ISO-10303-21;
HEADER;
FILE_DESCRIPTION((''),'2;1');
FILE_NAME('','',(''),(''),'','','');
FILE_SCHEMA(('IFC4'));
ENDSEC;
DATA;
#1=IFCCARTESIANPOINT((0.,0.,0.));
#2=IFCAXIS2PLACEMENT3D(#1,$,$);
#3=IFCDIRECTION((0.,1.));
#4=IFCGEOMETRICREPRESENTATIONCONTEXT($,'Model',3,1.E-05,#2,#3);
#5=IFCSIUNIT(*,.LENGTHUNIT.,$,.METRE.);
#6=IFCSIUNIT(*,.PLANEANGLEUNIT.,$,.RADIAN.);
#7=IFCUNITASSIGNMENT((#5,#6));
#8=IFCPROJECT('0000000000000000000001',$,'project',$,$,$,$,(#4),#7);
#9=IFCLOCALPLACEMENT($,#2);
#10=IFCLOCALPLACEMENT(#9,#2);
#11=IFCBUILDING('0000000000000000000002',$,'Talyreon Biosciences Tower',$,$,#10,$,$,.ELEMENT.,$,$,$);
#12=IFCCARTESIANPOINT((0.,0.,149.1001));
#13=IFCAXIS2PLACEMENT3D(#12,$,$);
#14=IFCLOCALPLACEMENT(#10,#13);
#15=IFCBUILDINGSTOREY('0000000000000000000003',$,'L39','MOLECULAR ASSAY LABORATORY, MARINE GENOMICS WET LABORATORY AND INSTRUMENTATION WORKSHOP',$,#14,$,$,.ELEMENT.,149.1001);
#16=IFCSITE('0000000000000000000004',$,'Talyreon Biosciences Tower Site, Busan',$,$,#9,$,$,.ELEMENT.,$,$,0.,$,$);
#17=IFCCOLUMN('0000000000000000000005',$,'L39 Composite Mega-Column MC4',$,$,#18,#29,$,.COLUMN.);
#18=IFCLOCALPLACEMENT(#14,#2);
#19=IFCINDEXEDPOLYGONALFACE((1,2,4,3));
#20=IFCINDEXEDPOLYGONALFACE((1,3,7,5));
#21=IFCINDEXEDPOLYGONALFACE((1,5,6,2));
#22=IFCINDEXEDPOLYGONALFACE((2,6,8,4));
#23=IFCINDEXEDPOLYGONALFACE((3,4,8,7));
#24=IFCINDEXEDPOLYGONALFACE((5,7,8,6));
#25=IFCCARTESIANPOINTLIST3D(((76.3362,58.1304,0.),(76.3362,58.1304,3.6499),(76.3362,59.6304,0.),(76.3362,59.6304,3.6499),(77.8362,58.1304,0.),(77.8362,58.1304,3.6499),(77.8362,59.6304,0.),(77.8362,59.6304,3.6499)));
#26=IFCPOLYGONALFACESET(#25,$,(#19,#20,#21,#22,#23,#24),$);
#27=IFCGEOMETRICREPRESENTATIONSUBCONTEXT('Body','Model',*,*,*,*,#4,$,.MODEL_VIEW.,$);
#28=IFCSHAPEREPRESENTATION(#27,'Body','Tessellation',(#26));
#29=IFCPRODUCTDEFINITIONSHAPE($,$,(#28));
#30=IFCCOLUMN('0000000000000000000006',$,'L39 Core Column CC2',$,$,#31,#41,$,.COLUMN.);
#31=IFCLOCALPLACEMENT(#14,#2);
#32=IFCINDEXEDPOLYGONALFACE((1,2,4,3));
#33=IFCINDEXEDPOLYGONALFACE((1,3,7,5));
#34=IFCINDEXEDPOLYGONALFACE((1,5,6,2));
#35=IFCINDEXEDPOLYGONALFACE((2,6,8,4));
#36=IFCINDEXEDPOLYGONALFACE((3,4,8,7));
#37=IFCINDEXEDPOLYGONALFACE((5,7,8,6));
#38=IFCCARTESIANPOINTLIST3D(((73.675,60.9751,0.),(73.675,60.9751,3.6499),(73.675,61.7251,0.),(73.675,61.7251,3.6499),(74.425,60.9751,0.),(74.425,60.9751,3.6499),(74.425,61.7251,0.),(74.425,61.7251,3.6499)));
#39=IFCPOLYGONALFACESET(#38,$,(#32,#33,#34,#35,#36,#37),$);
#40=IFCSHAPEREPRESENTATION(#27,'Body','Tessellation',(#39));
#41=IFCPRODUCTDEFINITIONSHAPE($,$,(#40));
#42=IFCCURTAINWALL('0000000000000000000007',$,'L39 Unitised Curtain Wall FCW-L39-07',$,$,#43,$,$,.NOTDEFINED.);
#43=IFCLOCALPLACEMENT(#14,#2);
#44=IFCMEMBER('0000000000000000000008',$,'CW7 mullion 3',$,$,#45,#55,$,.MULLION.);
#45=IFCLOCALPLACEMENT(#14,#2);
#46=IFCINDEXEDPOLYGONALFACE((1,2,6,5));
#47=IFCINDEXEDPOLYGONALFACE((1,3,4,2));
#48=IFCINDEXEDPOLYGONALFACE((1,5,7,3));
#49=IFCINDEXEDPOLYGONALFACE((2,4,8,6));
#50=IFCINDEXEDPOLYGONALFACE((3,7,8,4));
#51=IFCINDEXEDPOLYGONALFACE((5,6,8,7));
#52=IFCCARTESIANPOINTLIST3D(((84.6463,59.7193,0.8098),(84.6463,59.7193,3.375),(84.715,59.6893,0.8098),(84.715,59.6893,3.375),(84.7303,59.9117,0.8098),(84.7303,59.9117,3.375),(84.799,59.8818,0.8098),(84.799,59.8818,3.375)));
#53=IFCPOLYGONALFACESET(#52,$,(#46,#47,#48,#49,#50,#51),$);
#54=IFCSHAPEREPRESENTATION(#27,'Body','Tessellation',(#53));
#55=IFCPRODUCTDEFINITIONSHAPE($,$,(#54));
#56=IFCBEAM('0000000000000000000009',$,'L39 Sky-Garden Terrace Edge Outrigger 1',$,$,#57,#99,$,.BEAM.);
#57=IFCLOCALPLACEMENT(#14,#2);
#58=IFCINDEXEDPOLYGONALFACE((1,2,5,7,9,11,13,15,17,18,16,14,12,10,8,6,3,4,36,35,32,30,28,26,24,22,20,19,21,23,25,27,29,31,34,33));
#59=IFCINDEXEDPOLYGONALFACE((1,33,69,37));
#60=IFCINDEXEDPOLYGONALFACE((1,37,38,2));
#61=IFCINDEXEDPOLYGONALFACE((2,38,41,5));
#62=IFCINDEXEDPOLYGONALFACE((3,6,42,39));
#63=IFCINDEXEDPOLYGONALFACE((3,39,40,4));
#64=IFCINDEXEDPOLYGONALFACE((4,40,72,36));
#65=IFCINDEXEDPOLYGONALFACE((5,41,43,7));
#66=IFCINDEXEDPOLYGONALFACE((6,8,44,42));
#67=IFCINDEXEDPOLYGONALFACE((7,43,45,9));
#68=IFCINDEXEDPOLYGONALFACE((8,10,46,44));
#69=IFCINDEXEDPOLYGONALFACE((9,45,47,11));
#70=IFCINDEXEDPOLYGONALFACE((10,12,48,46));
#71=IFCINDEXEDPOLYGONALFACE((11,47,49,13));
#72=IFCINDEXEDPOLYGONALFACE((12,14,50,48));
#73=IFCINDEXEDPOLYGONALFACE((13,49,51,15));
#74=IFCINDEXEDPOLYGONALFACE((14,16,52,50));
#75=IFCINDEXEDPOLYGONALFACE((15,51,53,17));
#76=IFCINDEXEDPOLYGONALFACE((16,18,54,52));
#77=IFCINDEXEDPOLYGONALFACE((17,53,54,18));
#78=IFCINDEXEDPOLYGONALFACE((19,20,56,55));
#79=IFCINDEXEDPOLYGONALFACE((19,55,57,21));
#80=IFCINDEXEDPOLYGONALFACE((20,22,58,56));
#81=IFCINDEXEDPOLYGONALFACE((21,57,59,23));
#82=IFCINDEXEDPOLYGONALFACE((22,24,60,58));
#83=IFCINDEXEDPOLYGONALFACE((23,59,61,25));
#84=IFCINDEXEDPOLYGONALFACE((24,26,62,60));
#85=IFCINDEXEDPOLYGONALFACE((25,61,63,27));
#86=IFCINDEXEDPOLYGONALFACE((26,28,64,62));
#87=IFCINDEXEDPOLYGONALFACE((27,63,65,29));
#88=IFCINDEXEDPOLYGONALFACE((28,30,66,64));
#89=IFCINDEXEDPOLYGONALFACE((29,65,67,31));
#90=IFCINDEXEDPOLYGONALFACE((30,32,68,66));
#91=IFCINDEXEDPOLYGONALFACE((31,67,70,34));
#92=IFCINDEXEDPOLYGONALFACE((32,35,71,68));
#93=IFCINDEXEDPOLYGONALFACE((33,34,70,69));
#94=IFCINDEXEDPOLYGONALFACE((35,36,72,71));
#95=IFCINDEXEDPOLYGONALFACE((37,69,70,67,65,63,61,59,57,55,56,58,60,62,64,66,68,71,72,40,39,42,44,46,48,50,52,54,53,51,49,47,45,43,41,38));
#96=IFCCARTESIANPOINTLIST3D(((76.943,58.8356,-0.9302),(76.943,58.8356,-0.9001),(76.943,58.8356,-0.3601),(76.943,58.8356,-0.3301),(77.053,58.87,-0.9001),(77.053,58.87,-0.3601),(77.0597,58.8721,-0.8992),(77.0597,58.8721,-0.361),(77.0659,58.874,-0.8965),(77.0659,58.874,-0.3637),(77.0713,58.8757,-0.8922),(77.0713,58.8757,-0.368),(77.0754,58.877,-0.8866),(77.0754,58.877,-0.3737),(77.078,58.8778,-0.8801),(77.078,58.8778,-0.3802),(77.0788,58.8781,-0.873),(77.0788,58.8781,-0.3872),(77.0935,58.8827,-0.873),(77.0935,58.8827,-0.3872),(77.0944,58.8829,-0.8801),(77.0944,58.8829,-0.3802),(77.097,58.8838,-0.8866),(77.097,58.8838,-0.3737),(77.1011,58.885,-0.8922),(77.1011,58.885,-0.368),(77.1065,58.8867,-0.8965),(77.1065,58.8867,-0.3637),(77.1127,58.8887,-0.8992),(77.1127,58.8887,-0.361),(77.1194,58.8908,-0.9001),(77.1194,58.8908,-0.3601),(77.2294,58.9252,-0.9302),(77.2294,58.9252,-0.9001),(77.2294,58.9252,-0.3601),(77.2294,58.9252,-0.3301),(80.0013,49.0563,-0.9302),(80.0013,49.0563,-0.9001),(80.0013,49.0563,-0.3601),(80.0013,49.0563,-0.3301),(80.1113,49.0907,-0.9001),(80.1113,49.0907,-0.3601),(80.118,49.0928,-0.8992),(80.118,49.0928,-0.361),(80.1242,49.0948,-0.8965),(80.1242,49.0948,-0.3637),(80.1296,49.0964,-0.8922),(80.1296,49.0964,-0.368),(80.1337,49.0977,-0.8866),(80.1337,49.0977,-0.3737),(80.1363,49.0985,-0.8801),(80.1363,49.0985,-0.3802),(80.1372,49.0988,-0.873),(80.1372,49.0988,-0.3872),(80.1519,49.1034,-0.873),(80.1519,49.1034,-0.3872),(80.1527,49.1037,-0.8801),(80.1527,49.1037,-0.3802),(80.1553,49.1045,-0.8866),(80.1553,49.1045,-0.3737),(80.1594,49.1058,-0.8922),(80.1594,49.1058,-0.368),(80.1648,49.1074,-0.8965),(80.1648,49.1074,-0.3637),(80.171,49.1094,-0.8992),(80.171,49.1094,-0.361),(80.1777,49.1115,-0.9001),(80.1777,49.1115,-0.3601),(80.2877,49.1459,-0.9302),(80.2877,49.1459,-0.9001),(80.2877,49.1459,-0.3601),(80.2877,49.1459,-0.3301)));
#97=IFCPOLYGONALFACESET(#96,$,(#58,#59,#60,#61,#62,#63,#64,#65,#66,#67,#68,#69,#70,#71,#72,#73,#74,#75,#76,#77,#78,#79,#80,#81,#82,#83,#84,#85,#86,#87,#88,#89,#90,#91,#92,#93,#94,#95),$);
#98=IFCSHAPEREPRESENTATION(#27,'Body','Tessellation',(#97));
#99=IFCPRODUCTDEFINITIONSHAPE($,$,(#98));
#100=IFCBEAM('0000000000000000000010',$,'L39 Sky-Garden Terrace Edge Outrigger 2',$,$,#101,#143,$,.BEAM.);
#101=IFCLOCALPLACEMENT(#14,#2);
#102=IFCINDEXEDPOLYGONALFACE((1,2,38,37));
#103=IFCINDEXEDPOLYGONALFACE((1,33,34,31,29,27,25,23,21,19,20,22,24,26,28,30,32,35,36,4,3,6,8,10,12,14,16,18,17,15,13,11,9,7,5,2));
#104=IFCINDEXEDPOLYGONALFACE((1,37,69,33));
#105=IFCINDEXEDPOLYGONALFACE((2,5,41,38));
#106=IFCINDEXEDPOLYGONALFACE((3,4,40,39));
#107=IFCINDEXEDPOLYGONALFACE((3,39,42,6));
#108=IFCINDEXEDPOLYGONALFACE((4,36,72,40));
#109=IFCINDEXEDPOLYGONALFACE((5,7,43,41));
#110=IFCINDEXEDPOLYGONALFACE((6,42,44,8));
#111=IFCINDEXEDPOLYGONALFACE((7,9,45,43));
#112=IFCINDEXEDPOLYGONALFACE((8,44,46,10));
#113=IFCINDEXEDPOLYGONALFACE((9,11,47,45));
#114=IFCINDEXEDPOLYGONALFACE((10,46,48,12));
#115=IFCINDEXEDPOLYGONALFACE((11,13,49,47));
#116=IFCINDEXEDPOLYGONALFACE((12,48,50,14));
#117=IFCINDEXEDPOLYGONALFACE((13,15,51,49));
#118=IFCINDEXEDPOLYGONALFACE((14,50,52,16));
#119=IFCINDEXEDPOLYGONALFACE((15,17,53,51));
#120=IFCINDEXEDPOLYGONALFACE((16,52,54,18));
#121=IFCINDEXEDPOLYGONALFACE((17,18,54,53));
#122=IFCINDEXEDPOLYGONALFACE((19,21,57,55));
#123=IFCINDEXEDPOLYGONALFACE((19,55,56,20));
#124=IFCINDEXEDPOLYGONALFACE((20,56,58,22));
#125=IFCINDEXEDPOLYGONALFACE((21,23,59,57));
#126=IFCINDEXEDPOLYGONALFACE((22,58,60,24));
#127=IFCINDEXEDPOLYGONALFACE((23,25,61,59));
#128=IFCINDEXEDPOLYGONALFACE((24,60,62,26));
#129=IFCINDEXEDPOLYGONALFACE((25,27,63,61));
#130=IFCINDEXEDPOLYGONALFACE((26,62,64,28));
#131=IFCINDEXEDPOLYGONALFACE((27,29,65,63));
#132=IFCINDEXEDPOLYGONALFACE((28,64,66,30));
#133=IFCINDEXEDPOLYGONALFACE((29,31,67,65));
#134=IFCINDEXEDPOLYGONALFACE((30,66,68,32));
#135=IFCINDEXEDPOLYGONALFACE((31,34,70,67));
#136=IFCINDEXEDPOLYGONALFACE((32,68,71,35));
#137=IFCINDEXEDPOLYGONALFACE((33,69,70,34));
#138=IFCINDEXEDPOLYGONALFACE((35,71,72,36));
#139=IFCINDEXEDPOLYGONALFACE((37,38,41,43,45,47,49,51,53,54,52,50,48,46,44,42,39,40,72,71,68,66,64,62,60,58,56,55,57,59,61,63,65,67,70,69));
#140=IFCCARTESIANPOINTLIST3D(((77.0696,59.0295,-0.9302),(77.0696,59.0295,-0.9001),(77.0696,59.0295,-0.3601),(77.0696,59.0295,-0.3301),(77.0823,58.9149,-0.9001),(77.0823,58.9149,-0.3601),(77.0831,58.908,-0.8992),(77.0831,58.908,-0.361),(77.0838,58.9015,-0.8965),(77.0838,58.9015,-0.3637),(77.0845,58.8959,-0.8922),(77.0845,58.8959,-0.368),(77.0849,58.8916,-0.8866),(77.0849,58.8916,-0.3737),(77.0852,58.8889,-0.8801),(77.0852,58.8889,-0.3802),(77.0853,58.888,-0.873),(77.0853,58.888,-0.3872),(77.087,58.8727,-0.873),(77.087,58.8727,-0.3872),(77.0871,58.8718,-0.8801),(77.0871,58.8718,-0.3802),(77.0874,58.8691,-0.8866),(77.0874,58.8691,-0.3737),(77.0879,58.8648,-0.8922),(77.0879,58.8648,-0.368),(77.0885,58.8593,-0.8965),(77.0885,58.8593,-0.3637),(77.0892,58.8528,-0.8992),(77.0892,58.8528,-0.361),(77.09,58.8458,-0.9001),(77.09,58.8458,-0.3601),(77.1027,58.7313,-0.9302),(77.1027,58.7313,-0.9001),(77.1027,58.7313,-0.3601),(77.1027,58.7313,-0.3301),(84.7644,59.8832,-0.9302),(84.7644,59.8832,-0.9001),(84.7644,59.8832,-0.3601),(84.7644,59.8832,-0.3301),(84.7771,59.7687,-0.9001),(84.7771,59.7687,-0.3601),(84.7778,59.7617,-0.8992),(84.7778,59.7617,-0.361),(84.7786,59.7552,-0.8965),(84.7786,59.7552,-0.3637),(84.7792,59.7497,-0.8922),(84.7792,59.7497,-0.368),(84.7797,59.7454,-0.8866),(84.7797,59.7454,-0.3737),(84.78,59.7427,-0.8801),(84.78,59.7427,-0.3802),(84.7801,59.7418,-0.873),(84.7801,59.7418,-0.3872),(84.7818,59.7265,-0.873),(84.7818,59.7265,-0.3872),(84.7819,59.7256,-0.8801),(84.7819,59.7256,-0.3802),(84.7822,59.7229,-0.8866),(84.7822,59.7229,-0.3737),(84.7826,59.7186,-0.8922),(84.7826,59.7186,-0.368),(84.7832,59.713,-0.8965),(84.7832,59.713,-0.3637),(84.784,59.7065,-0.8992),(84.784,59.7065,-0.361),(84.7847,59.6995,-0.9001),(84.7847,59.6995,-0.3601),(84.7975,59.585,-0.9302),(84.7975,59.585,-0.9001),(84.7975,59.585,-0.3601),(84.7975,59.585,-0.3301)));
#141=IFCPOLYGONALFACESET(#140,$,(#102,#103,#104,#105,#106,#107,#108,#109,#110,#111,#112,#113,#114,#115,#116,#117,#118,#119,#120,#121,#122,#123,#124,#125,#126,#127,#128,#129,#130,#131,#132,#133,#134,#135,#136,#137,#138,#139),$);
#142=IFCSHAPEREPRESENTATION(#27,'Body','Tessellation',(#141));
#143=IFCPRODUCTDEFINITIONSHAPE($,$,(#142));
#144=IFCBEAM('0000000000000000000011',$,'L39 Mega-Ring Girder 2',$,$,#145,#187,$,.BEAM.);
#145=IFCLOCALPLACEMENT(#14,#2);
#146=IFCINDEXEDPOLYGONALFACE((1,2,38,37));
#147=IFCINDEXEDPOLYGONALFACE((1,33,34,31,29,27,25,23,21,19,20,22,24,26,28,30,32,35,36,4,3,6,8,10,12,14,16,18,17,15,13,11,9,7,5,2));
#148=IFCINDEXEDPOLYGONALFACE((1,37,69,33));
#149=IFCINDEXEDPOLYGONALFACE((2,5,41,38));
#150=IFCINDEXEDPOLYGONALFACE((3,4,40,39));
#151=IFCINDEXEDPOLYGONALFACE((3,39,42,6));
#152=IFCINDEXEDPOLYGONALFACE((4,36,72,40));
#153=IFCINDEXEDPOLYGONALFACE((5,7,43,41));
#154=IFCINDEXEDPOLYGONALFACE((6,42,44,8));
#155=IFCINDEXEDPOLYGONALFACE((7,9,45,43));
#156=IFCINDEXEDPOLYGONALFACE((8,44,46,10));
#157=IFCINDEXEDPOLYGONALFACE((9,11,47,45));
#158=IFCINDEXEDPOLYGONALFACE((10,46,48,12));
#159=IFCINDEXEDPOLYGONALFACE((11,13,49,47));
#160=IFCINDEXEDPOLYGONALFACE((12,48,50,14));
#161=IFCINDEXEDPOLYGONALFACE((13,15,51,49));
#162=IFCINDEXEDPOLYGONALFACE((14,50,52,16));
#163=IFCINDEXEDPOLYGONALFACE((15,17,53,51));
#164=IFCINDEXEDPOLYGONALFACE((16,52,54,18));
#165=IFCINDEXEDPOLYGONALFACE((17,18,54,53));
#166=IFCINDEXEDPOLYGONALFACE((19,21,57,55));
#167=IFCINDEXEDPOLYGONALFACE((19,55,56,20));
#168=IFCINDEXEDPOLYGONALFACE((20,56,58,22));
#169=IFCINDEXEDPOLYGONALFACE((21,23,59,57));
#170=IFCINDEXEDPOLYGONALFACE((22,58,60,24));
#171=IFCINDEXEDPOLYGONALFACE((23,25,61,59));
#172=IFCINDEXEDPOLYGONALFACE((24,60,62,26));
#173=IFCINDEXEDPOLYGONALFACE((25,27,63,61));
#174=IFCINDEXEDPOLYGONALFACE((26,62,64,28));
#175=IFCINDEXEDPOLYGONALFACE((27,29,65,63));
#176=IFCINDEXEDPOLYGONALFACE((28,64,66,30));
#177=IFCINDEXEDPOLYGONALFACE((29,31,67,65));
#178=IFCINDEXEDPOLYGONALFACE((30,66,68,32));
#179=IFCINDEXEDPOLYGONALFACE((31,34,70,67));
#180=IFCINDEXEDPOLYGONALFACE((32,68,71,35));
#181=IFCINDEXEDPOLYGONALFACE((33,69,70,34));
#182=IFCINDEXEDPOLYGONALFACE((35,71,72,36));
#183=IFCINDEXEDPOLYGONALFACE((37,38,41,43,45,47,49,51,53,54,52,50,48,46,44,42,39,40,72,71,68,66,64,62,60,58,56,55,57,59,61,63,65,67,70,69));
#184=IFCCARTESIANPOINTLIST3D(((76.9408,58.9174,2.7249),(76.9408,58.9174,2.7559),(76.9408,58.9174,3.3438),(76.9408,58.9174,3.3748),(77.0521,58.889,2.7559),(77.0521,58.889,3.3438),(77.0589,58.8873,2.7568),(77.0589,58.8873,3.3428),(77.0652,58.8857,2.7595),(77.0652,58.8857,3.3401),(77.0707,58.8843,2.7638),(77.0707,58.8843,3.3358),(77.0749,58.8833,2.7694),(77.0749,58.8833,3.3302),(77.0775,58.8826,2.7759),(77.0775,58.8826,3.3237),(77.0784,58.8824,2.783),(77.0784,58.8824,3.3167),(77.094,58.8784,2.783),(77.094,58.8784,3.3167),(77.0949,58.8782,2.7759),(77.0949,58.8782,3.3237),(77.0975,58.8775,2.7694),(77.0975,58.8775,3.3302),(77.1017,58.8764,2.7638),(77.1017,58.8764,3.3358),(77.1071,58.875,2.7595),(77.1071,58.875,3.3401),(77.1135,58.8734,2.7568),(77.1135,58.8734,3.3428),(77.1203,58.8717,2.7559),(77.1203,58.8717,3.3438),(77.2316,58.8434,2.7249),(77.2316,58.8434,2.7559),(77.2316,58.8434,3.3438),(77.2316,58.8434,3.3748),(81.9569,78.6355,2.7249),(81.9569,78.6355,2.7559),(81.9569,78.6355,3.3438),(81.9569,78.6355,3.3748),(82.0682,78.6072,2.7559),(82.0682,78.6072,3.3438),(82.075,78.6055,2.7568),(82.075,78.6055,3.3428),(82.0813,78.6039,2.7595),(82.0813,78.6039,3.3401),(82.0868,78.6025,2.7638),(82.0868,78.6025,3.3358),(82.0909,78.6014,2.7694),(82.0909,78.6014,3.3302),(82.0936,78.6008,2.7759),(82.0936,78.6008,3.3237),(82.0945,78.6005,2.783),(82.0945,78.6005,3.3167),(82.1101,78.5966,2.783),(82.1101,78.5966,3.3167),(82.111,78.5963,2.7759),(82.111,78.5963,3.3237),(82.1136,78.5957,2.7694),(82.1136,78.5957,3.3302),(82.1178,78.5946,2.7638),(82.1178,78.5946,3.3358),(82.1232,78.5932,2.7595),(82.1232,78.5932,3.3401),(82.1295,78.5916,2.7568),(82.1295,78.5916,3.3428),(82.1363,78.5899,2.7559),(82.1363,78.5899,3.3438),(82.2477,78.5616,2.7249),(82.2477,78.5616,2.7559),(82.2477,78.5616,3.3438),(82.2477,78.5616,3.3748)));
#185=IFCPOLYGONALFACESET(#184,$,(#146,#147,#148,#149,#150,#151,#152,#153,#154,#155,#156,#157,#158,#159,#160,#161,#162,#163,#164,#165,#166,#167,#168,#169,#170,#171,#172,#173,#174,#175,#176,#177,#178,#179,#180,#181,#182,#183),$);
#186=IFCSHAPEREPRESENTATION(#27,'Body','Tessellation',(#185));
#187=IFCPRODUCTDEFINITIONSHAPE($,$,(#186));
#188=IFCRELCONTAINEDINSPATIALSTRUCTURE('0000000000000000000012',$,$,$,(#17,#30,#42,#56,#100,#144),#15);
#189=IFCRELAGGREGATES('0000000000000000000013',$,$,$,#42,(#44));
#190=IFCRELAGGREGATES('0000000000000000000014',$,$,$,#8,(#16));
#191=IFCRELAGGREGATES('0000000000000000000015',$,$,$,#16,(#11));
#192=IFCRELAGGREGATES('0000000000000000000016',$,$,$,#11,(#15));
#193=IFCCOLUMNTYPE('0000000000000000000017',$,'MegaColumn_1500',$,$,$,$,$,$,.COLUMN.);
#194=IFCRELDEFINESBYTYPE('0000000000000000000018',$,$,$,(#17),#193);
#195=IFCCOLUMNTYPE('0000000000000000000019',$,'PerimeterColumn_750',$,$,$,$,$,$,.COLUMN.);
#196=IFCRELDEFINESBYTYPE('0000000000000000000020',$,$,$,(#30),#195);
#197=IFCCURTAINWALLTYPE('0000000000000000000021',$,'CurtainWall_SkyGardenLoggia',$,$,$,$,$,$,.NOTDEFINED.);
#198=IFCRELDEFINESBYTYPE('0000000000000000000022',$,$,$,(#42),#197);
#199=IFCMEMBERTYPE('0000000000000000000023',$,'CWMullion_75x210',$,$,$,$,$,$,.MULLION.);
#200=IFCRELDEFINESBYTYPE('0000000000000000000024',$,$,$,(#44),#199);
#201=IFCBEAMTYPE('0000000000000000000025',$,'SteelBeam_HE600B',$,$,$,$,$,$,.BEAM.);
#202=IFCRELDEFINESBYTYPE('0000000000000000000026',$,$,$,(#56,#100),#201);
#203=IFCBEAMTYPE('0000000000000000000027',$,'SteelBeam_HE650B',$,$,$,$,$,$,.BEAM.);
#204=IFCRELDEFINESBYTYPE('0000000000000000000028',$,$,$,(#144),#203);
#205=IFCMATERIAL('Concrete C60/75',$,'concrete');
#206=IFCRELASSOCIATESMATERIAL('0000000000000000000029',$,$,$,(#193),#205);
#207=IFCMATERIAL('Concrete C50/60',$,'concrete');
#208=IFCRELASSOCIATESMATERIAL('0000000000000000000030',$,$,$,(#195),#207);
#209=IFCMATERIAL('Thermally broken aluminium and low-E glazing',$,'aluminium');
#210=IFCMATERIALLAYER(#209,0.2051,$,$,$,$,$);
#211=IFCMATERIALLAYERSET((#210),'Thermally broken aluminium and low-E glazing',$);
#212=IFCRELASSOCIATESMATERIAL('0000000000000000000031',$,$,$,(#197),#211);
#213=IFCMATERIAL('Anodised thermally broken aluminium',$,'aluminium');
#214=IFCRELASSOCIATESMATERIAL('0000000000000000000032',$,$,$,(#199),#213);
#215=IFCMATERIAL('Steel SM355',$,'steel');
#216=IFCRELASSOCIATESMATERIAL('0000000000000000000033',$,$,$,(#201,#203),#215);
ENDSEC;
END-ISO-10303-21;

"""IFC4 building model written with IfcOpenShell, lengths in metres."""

from ifc_helpers import new_model, si_unit, direction, frame, origin, origin_2d, place, context, subcontext, project, spatial, rectangle, i_section, extrude, material, layer, layer_set, material_profile, profile_set, type_object, element, aggregate, save


model = new_model("IFC4")

# Units and contexts
model_context = context("Model", 3, precision=1e-05, world=origin(), true_north=direction((0.0, 1.0)))
body_context = subcontext(model_context, "Body", "Model", "MODEL_VIEW")
ifc_project = project(units=[si_unit("LENGTHUNIT", "METRE"), si_unit("PLANEANGLEUNIT", "RADIAN")], contexts=[model_context])

# Site, building, storey
site_placement = place(None, origin())
site = spatial("IfcSite", under=ifc_project, at=site_placement, Name="Talyreon Biosciences Tower Site, Busan", CompositionType="ELEMENT", RefElevation=0.0)
building_placement = place(site_placement, origin())
building = spatial("IfcBuilding", under=site, at=building_placement, Name="Talyreon Biosciences Tower", CompositionType="ELEMENT")
storey_placement = place(building_placement, frame((0.0, 0.0, 149.1001)))
storey = spatial("IfcBuildingStorey", under=building, at=storey_placement, Name="L39", Description="MOLECULAR ASSAY LABORATORY, MARINE GENOMICS WET LABORATORY AND INSTRUMENTATION WORKSHOP", CompositionType="ELEMENT", Elevation=149.1001)

# Columns
ifc_material_1 = material(Name="Concrete C60/75", Category="concrete")
ifc_material_profile_1 = material_profile(ifc_material_1, rectangle(XDim=1.5, YDim=1.5, at=origin_2d()), Name="RC 1500x1500")
ifc_profile_set_1 = profile_set([ifc_material_profile_1], Name="Concrete C60/75")
column_type_1 = type_object("IfcColumnType", Name="MegaColumn_1500", PredefinedType="COLUMN", material=ifc_profile_set_1)
column_1_placement = place(storey_placement, frame((77.0862, 58.8804, 0.0), z_axis=(0.0, 0.0, 1.0), x_axis=(1.0, 0.0, 0.0)))
element("IfcColumn", 1, at=column_1_placement, inside=storey, type_object=column_type_1, Name="L39 Composite Mega-Column MC4", PredefinedType="COLUMN", context=body_context, shape_type="SweptSolid", body=[
    extrude(rectangle(XDim=1.5, YDim=1.5, at=origin_2d()), origin(), (0.0, 0.0, 1.0), 3.6499),
])
ifc_material_2 = material(Name="Concrete C50/60", Category="concrete")
ifc_material_profile_2 = material_profile(ifc_material_2, rectangle(XDim=0.75, YDim=0.75, at=origin_2d()), Name="RC 750x750")
ifc_profile_set_2 = profile_set([ifc_material_profile_2], Name="Concrete C50/60")
column_type_2 = type_object("IfcColumnType", Name="PerimeterColumn_750", PredefinedType="COLUMN", material=ifc_profile_set_2)
column_2_placement = place(storey_placement, frame((74.05, 61.3501, 0.0), z_axis=(0.0, 0.0, 1.0), x_axis=(1.0, 0.0, 0.0)))
element("IfcColumn", 2, at=column_2_placement, inside=storey, type_object=column_type_2, Name="L39 Core Column CC2", PredefinedType="COLUMN", context=body_context, shape_type="SweptSolid", body=[
    extrude(rectangle(XDim=0.75, YDim=0.75, at=origin_2d()), origin(), (0.0, 0.0, 1.0), 3.6499),
])

# Curtain wall, member
ifc_material_3 = material(Name="Thermally broken aluminium and low-E glazing", Category="aluminium")
ifc_layer_1 = layer(ifc_material_3, 0.2051)
ifc_layer_set_1 = layer_set([ifc_layer_1], Name="Thermally broken aluminium and low-E glazing")
curtain_wall_type = type_object("IfcCurtainWallType", Name="CurtainWall_SkyGardenLoggia", PredefinedType="NOTDEFINED", material=ifc_layer_set_1)
curtain_wall_placement = place(storey_placement, origin())
curtain_wall = element("IfcCurtainWall", 3, at=curtain_wall_placement, inside=storey, type_object=curtain_wall_type, Name="L39 Unitised Curtain Wall FCW-L39-07", PredefinedType="NOTDEFINED")
ifc_material_4 = material(Name="Anodised thermally broken aluminium", Category="aluminium")
ifc_material_profile_3 = material_profile(ifc_material_4, rectangle(XDim=0.075, YDim=0.21, at=origin_2d()), Name="ALUM MULLION 75x210")
ifc_profile_set_3 = profile_set([ifc_material_profile_3], Name="Anodised thermally broken aluminium")
member_type = type_object("IfcMemberType", Name="CWMullion_75x210", PredefinedType="MULLION", material=ifc_profile_set_3)
member_placement = place(storey_placement, frame((84.7227, 59.8005, 0.8098), z_axis=(0.0, 0.0, 1.0), x_axis=(0.916647, -0.399698, 0.0)))
member = element("IfcMember", 4, at=member_placement, type_object=member_type, Name="CW7 mullion 3", PredefinedType="MULLION", context=body_context, shape_type="SweptSolid", body=[
    extrude(rectangle(XDim=0.075, YDim=0.21, at=origin_2d()), origin(), (0.0, 0.0, 1.0), 2.5652),
])

# Beams
ifc_material_5 = material(Name="Steel SM355", Category="steel")
ifc_material_profile_4 = material_profile(ifc_material_5, i_section(OverallWidth=0.3, OverallDepth=0.6001, WebThickness=0.0154, FlangeThickness=0.03, FilletRadius=0.0271, at=origin_2d()), Name="HE600B")
ifc_profile_set_4 = profile_set([ifc_material_profile_4], Name="Steel SM355")
beam_type_1 = type_object("IfcBeamType", Name="SteelBeam_HE600B", PredefinedType="BEAM", material=ifc_profile_set_4)
beam_1_placement = place(storey_placement, frame((77.0862, 58.8804, -0.6301), z_axis=(0.298481, -0.954416, 0.0), x_axis=(0.954416, 0.298481, 0.0)))
element("IfcBeam", 5, at=beam_1_placement, inside=storey, type_object=beam_type_1, Name="L39 Sky-Garden Terrace Edge Outrigger 1", PredefinedType="BEAM", context=body_context, shape_type="SweptSolid", body=[
    extrude(i_section(OverallWidth=0.3, OverallDepth=0.6001, WebThickness=0.0154, FlangeThickness=0.03, FilletRadius=0.0271, at=origin_2d()), origin(), (0.0, 0.0, 1.0), 10.2463),
])
beam_2_placement = place(storey_placement, frame((77.0862, 58.8804, -0.6301), z_axis=(0.993901, 0.110276, 0.0), x_axis=(-0.110276, 0.993901, 0.0)))
element("IfcBeam", 6, at=beam_2_placement, inside=storey, type_object=beam_type_1, Name="L39 Sky-Garden Terrace Edge Outrigger 2", PredefinedType="BEAM", context=body_context, shape_type="SweptSolid", body=[
    extrude(i_section(OverallWidth=0.3, OverallDepth=0.6001, WebThickness=0.0154, FlangeThickness=0.03, FilletRadius=0.0271, at=origin_2d()), origin(), (0.0, 0.0, 1.0), 7.7419),
])
ifc_material_profile_5 = material_profile(ifc_material_5, i_section(OverallWidth=0.3, OverallDepth=0.6499, WebThickness=0.0161, FlangeThickness=0.031, FilletRadius=0.0271, at=origin_2d()), Name="HE650B")
ifc_profile_set_5 = profile_set([ifc_material_profile_5], Name="Steel SM355")
beam_type_2 = type_object("IfcBeamType", Name="SteelBeam_HE650B", PredefinedType="BEAM", material=ifc_profile_set_5)
beam_3_placement = place(storey_placement, frame((77.0862, 58.8804, 3.0498), z_axis=(0.246537, 0.969133, 0.0), x_axis=(-0.969133, 0.246537, 0.0)))
element("IfcBeam", 7, at=beam_3_placement, inside=storey, type_object=beam_type_2, Name="L39 Mega-Ring Girder 2", PredefinedType="BEAM", context=body_context, shape_type="SweptSolid", body=[
    extrude(i_section(OverallWidth=0.3, OverallDepth=0.6499, WebThickness=0.0161, FlangeThickness=0.031, FilletRadius=0.0271, at=origin_2d()), origin(), (0.0, 0.0, 1.0), 20.3462),
])

aggregate(curtain_wall, [member])

save(model, "model.ifc")
